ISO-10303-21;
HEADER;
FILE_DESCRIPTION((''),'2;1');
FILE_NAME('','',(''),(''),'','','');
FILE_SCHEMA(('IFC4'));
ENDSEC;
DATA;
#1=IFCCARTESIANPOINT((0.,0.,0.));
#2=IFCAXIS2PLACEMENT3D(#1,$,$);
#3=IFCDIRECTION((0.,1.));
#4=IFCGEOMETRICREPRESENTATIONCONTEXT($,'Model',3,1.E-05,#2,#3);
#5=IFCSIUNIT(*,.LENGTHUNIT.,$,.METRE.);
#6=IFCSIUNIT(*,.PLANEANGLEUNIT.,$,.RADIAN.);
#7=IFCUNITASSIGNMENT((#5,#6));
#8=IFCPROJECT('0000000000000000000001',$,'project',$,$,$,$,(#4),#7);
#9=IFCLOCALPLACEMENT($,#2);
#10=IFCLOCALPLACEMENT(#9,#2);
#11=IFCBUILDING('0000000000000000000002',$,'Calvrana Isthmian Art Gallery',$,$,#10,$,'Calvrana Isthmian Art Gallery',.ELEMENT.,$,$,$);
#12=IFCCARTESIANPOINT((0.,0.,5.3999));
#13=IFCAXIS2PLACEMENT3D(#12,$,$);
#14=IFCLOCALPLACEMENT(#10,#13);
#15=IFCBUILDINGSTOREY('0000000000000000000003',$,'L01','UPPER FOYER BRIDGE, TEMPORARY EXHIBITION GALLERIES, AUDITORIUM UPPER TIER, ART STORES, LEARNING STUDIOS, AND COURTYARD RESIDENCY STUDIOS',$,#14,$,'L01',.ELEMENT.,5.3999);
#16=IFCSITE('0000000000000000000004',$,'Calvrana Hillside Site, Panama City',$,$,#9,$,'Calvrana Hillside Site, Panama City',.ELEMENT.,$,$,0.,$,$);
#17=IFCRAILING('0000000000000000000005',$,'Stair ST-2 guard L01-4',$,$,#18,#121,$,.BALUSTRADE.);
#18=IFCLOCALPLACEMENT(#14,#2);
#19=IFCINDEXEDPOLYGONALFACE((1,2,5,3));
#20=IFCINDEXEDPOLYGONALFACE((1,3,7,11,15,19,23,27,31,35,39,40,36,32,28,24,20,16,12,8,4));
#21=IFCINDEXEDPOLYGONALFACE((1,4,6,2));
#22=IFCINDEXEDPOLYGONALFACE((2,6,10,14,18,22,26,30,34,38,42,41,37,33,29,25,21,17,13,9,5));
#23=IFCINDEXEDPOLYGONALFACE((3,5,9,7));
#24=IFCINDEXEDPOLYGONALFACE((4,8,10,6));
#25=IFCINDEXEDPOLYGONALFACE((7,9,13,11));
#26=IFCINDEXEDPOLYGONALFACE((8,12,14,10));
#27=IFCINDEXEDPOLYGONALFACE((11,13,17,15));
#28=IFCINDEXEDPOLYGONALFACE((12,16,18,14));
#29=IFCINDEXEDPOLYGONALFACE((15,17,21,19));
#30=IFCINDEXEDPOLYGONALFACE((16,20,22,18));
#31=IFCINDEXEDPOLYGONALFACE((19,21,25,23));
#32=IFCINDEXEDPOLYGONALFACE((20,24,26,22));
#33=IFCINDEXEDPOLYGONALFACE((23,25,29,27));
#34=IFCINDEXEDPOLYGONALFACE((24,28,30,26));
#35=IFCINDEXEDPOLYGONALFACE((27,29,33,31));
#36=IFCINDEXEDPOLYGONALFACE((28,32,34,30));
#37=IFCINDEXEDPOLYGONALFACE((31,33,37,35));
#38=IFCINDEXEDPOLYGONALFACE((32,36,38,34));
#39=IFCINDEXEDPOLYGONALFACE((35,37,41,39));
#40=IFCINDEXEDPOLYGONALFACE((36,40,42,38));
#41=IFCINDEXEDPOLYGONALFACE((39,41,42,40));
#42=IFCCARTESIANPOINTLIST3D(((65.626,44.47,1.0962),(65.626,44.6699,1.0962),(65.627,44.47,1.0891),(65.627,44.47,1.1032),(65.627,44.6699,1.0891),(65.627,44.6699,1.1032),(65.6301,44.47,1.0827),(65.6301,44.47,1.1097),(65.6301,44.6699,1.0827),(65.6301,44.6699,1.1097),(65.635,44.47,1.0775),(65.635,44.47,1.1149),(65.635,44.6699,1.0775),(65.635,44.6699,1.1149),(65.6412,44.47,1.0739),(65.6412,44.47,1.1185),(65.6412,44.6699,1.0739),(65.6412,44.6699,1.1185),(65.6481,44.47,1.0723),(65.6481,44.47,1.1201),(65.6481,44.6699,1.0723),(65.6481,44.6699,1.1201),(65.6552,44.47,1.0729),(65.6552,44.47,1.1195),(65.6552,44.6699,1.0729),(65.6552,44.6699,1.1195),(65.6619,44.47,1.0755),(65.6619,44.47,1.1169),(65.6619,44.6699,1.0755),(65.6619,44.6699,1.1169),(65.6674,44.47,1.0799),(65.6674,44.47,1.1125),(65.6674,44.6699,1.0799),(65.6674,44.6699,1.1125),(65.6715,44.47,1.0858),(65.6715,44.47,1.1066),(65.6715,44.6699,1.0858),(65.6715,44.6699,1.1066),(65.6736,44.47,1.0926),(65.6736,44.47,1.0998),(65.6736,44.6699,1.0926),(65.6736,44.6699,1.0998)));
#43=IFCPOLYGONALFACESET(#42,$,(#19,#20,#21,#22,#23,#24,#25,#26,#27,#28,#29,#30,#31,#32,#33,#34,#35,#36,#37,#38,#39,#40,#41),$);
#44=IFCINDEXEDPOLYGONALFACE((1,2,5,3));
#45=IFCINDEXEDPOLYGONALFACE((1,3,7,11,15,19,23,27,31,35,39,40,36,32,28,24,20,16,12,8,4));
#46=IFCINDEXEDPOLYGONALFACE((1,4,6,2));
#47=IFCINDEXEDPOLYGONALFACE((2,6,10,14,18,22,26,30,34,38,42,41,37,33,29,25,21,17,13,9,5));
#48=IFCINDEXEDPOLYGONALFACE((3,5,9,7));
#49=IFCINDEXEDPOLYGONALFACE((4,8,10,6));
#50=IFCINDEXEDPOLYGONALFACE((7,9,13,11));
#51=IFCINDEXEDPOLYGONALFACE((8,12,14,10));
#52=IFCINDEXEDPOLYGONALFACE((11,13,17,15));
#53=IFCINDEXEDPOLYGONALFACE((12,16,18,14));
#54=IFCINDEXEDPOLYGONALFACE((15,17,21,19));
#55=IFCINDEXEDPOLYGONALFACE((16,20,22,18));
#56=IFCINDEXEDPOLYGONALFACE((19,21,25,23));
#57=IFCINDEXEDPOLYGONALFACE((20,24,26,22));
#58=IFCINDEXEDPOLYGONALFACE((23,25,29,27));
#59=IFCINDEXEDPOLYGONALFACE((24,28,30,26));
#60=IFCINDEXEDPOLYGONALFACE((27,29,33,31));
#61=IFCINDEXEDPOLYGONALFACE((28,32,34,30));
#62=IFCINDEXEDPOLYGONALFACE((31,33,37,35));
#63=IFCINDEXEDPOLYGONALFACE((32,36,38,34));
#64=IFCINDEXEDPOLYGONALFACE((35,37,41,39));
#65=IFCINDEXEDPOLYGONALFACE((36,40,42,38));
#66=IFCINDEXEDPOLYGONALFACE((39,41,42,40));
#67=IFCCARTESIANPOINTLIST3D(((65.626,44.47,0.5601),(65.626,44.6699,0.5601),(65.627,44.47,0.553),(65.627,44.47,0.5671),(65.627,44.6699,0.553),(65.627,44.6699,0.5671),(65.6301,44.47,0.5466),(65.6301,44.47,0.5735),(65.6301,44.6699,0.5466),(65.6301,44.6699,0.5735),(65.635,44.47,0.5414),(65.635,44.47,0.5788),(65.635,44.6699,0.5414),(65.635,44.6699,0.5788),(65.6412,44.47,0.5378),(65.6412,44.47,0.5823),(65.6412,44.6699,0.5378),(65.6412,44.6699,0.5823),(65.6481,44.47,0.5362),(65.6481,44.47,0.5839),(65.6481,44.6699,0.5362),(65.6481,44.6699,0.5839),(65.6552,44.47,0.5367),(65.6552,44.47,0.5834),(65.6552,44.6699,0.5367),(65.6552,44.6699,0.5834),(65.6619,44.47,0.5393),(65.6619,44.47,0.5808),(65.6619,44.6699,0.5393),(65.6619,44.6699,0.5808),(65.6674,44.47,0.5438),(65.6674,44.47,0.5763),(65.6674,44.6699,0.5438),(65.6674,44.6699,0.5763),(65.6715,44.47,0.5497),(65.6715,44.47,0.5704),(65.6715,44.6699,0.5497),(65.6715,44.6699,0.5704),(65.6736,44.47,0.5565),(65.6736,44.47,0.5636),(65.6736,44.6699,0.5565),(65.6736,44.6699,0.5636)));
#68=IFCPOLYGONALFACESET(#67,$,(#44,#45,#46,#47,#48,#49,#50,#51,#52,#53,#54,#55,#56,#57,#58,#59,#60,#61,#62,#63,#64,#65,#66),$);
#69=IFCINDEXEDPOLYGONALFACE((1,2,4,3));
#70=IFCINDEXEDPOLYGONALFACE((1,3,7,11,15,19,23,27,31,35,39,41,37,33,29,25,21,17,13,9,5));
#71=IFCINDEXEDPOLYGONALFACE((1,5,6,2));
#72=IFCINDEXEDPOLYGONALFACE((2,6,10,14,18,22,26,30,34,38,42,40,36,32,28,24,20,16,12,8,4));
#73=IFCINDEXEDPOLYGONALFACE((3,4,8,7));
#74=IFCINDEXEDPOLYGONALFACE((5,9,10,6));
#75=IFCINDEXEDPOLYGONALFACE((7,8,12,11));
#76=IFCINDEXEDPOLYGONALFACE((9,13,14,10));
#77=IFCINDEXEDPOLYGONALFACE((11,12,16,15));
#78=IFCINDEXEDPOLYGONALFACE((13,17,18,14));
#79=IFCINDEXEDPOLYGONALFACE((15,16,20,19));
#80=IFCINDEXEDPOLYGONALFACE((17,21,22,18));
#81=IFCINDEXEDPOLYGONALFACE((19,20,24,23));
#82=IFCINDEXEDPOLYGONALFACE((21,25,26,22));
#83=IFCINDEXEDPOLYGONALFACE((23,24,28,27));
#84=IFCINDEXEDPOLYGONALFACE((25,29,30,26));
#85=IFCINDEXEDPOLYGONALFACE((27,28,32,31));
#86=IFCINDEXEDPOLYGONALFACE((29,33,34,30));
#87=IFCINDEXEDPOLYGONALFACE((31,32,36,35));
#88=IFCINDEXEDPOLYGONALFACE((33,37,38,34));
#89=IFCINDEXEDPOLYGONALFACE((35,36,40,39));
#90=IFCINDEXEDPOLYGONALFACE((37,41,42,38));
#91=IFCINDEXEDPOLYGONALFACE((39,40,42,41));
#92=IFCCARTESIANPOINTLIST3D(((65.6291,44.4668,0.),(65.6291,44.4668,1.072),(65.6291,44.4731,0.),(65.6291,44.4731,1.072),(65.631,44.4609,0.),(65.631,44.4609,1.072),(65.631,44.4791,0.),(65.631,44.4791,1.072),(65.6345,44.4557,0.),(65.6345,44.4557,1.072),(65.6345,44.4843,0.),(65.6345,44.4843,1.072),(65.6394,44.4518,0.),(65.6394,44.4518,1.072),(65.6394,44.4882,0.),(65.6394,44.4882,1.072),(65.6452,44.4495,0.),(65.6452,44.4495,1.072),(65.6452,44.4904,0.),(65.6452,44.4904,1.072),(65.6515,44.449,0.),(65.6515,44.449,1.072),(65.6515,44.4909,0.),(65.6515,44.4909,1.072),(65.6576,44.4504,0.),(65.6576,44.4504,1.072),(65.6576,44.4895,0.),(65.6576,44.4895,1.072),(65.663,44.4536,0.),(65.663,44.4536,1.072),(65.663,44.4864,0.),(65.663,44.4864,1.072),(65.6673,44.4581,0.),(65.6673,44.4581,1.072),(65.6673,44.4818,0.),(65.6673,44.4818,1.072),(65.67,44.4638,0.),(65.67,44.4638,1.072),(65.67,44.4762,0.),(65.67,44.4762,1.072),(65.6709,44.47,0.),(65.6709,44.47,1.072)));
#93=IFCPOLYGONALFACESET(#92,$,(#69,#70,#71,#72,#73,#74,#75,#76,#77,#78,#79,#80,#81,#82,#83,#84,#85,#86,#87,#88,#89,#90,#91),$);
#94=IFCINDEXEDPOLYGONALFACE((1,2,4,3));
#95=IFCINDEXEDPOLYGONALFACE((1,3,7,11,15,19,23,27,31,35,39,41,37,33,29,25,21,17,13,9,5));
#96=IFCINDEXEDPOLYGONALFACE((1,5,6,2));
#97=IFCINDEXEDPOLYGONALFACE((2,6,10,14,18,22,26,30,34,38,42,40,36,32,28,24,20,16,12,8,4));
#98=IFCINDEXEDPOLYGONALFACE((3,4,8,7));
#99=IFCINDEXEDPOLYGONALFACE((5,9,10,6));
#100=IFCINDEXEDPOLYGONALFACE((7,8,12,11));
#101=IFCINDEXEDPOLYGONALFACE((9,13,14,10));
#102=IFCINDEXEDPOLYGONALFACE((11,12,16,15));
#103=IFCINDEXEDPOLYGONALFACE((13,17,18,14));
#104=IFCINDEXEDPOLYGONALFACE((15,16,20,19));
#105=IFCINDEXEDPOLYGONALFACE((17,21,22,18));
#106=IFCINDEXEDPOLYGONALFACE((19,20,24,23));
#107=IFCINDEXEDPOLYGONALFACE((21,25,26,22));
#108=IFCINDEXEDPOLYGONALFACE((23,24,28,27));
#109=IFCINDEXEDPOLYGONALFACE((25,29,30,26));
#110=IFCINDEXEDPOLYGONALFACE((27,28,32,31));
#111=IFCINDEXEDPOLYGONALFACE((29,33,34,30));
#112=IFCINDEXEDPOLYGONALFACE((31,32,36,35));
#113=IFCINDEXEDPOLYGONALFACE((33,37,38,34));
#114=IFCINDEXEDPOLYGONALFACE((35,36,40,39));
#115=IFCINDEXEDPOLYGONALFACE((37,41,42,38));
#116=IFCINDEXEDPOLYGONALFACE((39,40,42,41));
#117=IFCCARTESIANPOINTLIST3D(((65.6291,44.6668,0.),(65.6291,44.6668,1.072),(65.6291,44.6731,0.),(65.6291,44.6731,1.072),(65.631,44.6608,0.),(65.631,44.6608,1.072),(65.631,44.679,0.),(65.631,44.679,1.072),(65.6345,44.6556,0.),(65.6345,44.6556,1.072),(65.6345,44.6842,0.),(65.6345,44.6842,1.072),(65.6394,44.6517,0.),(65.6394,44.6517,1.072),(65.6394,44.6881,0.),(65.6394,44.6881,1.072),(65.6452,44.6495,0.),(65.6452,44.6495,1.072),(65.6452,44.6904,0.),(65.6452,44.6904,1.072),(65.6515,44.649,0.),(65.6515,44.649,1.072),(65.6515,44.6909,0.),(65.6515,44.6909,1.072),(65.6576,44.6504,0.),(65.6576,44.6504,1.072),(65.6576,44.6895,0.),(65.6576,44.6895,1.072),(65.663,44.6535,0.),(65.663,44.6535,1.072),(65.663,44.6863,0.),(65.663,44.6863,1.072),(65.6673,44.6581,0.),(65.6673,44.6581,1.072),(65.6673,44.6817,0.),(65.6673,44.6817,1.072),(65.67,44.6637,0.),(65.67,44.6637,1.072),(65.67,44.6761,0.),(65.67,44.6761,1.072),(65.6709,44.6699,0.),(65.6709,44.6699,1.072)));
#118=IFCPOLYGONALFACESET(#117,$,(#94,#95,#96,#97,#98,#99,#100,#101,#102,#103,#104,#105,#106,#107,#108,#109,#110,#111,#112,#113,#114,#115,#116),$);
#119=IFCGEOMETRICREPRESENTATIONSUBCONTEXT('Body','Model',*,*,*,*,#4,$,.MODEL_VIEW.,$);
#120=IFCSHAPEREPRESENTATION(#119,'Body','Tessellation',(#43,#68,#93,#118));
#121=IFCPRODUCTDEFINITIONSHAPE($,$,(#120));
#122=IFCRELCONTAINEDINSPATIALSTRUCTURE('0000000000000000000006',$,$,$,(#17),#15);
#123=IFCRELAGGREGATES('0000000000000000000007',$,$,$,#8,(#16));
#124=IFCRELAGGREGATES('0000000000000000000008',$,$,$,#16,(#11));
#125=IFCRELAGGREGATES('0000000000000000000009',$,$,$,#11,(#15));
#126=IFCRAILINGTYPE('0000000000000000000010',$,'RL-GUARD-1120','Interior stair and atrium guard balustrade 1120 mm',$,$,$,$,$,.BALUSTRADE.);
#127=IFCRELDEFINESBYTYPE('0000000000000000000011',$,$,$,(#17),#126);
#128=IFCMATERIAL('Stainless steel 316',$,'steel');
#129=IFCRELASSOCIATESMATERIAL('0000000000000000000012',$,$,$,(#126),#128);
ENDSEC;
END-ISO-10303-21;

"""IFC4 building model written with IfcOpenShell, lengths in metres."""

from ifc_helpers import new_model, si_unit, direction, frame, origin, origin_2d, place, context, subcontext, project, spatial, circle, extrude, material, type_object, element, save


model = new_model("IFC4")

# Units and contexts
model_context = context("Model", 3, precision=1e-05, world=origin(), true_north=direction((0.0, 1.0)))
body_context = subcontext(model_context, "Body", "Model", "MODEL_VIEW")
ifc_project = project(units=[si_unit("LENGTHUNIT", "METRE"), si_unit("PLANEANGLEUNIT", "RADIAN")], contexts=[model_context])

# Site, building, storey
site_placement = place(None, origin())
site = spatial("IfcSite", under=ifc_project, at=site_placement, Name="Calvrana Hillside Site, Panama City", LongName="Calvrana Hillside Site, Panama City", CompositionType="ELEMENT", RefElevation=0.0)
building_placement = place(site_placement, origin())
building = spatial("IfcBuilding", under=site, at=building_placement, Name="Calvrana Isthmian Art Gallery", LongName="Calvrana Isthmian Art Gallery", CompositionType="ELEMENT")
storey_placement = place(building_placement, frame((0.0, 0.0, 5.3999)))
storey = spatial("IfcBuildingStorey", under=building, at=storey_placement, Name="L01", Description="UPPER FOYER BRIDGE, TEMPORARY EXHIBITION GALLERIES, AUDITORIUM UPPER TIER, ART STORES, LEARNING STUDIOS, AND COURTYARD RESIDENCY STUDIOS", LongName="L01", CompositionType="ELEMENT", Elevation=5.3999)

# Railing
ifc_material_1 = material(Name="Stainless steel 316", Category="steel")
railing_type_1 = type_object("IfcRailingType", Name="RL-GUARD-1120", Description="Interior stair and atrium guard balustrade 1120 mm", PredefinedType="BALUSTRADE", material=ifc_material_1)
railing_1_placement = place(storey_placement, frame((65.6499, 44.47, 0.0)))
element("IfcRailing", 1, at=railing_1_placement, inside=storey, type_object=railing_type_1, Name="Stair ST-2 guard L01-4", PredefinedType="BALUSTRADE", context=body_context, shape_type="SweptSolid", body=[
    extrude(circle(Radius=0.0239, at=origin_2d()), frame((0.0, 0.0, 1.0962), z_axis=(0.0, 1.0, 0.0), x_axis=(-1.0, 0.0, 0.0)), (0.0, 0.0, 1.0), 0.2),
    extrude(circle(Radius=0.0239, at=origin_2d()), frame((0.0, 0.0, 0.5601), z_axis=(0.0, 1.0, 0.0), x_axis=(-1.0, 0.0, 0.0)), (0.0, 0.0, 1.0), 0.2),
    extrude(circle(Radius=0.021, at=origin_2d()), origin(), (0.0, 0.0, 1.0), 1.072),
    extrude(circle(Radius=0.021, at=origin_2d()), frame((0.0, 0.2, 0.0)), (0.0, 0.0, 1.0), 1.072),
])

save(model, "model.ifc")
